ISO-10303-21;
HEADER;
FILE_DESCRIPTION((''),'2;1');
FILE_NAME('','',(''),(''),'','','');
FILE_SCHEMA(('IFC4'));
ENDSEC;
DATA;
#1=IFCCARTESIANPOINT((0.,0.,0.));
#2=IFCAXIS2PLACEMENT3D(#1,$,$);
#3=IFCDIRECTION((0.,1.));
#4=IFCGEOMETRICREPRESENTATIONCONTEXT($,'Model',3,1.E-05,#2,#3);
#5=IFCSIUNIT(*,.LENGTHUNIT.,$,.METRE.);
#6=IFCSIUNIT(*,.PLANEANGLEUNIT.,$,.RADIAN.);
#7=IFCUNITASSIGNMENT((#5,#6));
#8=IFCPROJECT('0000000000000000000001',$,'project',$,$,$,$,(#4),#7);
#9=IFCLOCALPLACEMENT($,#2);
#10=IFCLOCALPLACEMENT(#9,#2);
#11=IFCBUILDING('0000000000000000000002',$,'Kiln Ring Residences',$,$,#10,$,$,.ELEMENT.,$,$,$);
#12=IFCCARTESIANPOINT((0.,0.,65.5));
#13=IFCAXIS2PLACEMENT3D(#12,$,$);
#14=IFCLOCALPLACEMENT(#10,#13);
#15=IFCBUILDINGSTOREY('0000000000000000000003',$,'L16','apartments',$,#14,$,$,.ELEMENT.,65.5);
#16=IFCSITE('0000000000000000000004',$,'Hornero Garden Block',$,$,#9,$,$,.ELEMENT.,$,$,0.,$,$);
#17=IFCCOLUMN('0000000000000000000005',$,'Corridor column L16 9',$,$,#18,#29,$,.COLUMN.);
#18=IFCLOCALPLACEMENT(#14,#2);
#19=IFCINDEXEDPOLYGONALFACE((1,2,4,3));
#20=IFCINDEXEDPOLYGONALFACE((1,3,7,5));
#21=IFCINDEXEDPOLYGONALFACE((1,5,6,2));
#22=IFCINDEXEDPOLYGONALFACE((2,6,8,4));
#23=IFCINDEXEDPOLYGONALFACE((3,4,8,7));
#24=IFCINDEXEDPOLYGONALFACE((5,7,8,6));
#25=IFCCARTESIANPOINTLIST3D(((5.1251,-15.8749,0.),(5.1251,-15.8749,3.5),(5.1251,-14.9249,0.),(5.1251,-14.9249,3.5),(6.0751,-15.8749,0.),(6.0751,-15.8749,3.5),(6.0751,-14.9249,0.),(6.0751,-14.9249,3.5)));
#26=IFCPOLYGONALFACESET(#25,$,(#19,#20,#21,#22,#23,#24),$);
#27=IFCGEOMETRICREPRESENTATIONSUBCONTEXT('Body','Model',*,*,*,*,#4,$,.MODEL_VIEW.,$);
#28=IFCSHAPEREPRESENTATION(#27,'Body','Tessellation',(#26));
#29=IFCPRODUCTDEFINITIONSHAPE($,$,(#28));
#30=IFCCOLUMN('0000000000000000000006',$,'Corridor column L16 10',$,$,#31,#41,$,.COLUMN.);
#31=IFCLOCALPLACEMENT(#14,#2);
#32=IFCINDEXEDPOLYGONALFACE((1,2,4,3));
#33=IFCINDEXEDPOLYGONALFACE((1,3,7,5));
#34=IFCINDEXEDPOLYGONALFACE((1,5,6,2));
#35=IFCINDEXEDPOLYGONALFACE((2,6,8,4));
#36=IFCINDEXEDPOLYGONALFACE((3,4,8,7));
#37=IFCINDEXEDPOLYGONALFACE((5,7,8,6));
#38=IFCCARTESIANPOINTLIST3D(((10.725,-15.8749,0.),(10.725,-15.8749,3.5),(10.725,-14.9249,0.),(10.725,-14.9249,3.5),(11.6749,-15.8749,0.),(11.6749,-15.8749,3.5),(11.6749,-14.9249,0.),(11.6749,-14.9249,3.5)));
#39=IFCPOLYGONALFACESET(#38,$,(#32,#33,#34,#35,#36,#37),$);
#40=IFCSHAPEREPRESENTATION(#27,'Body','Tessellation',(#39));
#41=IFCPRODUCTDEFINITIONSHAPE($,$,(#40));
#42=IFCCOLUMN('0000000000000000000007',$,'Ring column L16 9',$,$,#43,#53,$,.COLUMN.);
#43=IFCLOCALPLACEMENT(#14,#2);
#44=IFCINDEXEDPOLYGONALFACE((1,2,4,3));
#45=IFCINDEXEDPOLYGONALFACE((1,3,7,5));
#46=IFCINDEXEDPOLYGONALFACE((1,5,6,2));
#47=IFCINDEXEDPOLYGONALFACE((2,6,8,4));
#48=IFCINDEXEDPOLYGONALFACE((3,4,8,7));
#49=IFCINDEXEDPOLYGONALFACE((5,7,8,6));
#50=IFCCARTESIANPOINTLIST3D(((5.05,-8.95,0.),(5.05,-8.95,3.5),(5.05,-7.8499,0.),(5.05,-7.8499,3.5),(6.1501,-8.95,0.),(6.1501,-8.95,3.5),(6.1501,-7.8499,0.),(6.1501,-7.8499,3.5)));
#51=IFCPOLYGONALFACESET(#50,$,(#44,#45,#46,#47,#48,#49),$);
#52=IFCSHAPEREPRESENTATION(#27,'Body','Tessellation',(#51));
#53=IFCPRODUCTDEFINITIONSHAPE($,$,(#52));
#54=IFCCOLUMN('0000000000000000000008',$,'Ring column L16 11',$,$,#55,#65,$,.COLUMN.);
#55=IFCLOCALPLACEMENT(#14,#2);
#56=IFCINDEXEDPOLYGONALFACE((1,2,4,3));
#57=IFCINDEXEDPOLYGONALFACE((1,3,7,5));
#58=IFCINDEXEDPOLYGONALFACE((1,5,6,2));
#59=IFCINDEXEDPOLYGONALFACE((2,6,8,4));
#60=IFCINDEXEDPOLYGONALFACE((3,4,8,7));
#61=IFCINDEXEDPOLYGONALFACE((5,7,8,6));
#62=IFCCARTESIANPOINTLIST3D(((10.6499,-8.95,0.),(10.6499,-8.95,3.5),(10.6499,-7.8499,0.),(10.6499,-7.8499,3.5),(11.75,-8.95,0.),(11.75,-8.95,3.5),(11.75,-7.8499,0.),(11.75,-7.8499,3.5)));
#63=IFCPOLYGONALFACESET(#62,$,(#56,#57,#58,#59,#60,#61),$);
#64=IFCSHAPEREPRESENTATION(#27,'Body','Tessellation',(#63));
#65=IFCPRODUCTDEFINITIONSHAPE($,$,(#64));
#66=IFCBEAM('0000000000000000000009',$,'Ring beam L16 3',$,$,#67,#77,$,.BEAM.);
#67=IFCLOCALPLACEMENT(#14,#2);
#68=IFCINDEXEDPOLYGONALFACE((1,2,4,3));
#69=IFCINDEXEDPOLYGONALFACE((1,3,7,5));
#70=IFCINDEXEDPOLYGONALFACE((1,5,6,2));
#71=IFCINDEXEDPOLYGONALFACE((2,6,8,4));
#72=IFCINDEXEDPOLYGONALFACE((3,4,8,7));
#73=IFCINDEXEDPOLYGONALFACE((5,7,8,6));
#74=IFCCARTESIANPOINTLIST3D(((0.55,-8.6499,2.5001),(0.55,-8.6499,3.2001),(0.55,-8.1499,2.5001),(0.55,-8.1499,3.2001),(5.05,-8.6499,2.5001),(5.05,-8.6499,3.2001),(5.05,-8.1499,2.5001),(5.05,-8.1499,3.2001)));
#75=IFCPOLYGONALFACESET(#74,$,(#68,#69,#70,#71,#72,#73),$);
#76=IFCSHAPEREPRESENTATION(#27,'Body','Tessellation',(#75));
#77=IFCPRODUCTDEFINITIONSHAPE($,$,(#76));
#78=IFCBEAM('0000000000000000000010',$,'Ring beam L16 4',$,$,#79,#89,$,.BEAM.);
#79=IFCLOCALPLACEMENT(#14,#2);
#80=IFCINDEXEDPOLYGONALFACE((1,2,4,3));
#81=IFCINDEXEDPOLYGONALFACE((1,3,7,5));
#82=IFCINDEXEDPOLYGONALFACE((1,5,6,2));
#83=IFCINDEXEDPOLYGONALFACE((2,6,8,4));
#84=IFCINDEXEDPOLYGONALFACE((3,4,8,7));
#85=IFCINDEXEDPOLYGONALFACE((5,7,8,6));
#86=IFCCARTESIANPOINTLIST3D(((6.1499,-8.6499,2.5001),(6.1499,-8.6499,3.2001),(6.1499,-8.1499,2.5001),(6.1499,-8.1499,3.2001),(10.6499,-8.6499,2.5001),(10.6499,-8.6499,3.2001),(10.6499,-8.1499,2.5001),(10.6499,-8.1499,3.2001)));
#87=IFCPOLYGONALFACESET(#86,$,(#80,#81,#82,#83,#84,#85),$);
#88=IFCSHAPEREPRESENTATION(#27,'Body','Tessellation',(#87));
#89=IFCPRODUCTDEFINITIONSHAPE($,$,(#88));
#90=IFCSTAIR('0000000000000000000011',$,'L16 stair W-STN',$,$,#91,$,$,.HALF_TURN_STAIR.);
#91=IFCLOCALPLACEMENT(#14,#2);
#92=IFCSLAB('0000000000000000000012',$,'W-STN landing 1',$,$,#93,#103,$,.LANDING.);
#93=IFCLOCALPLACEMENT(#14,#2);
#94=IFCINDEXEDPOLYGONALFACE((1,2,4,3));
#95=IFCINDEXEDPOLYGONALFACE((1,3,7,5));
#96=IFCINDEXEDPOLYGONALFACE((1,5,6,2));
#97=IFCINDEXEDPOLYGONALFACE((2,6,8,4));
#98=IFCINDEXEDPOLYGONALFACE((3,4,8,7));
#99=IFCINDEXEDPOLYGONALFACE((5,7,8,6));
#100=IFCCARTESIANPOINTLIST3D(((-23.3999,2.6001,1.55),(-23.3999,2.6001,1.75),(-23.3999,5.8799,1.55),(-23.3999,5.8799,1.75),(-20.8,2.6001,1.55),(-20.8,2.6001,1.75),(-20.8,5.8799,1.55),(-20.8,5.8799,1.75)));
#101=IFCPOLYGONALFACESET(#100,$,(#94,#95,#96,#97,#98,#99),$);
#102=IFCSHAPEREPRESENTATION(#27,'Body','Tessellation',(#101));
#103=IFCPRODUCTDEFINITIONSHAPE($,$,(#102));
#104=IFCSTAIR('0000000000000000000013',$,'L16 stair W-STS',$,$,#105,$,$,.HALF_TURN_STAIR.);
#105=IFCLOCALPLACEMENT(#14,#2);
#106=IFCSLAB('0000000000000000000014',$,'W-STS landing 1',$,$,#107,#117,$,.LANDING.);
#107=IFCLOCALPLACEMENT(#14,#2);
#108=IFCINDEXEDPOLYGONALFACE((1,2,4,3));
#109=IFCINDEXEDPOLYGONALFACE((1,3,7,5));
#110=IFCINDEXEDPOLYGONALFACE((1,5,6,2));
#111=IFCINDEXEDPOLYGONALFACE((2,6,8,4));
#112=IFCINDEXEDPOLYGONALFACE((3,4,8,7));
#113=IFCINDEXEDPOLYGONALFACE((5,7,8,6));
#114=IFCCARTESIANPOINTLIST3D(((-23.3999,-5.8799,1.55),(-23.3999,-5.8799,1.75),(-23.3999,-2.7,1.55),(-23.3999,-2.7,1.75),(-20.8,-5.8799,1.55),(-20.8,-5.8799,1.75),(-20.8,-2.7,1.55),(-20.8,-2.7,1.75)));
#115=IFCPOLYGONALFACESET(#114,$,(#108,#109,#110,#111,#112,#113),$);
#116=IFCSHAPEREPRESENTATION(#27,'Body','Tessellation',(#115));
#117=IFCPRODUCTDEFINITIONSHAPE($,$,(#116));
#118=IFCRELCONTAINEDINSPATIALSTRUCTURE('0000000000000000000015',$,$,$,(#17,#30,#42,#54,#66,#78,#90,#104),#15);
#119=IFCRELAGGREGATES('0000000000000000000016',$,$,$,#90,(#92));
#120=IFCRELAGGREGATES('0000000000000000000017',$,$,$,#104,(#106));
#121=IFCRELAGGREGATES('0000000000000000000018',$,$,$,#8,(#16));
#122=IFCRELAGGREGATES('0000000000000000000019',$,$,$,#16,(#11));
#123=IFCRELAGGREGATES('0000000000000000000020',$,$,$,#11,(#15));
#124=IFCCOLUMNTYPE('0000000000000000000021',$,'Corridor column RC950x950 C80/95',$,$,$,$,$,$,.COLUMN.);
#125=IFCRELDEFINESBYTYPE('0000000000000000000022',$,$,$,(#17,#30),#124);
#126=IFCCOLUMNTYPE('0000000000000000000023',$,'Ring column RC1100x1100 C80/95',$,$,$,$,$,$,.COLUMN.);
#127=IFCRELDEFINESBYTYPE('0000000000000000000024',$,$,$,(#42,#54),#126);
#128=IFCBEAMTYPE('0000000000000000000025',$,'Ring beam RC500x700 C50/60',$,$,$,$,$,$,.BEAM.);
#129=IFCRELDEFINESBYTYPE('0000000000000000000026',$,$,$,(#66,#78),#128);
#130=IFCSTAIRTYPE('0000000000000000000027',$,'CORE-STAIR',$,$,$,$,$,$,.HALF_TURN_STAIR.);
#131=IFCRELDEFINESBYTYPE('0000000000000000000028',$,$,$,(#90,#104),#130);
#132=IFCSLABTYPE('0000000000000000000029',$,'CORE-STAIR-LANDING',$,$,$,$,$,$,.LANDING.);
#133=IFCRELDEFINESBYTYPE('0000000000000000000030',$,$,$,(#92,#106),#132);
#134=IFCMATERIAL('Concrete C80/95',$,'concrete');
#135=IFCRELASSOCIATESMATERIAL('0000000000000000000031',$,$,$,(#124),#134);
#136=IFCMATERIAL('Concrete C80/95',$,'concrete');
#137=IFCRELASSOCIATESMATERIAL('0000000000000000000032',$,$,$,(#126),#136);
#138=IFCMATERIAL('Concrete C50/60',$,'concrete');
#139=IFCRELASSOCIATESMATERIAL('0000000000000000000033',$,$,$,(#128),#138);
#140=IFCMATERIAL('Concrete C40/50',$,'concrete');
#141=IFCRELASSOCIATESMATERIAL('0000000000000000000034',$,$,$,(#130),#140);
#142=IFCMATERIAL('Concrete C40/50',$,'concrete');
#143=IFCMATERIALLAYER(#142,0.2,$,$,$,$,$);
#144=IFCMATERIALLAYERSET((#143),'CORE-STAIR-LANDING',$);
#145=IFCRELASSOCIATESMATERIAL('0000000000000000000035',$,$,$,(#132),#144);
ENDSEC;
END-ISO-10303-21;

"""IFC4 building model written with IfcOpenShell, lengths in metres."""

from ifc_helpers import new_model, si_unit, direction, frame, origin, origin_2d, place, context, subcontext, project, spatial, polyline, rectangle, outline, extrude, material, layer, layer_set, material_profile, profile_set, type_object, element, aggregate, save


model = new_model("IFC4")

# Units and contexts
model_context = context("Model", 3, precision=1e-05, world=origin(), true_north=direction((0.0, 1.0)))
body_context = subcontext(model_context, "Body", "Model", "MODEL_VIEW")
ifc_project = project(units=[si_unit("LENGTHUNIT", "METRE"), si_unit("PLANEANGLEUNIT", "RADIAN")], contexts=[model_context])

# Site, building, storey
site_placement = place(None, origin())
site = spatial("IfcSite", under=ifc_project, at=site_placement, Name="Hornero Garden Block", CompositionType="ELEMENT", RefElevation=0.0)
building_placement = place(site_placement, origin())
building = spatial("IfcBuilding", under=site, at=building_placement, Name="Kiln Ring Residences", CompositionType="ELEMENT")
storey_placement = place(building_placement, frame((0.0, 0.0, 65.5)))
storey = spatial("IfcBuildingStorey", under=building, at=storey_placement, Name="L16", Description="apartments", CompositionType="ELEMENT", Elevation=65.5)

# Columns
ifc_material_1 = material(Name="Concrete C80/95", Category="concrete")
ifc_material_profile_1 = material_profile(ifc_material_1, rectangle(XDim=0.95, YDim=0.95, at=origin_2d()), Name="RC950x950")
ifc_profile_set_1 = profile_set([ifc_material_profile_1], Name="Concrete C80/95")
column_type_1 = type_object("IfcColumnType", Name="Corridor column RC950x950 C80/95", PredefinedType="COLUMN", material=ifc_profile_set_1)
for number, where, z_axis, x_axis, name in (
    (1, (5.6001, -15.3999, 0.0), (0.0, 0.0, 1.0), (1.0, 0.0, 0.0), "Corridor column L16 9"),
    (2, (11.2, -15.3999, 0.0), (0.0, 0.0, 1.0), (1.0, 0.0, 0.0), "Corridor column L16 10"),
):
    element("IfcColumn", number, at=place(storey_placement, frame(where, z_axis=z_axis, x_axis=x_axis)), inside=storey, type_object=column_type_1, Name=name, PredefinedType="COLUMN", context=body_context, shape_type="SweptSolid", body=[
        extrude(rectangle(XDim=0.95, YDim=0.95, at=origin_2d()), origin(), (0.0, 0.0, 1.0), 3.5),
    ])
ifc_material_2 = material(Name="Concrete C80/95", Category="concrete")
ifc_material_profile_2 = material_profile(ifc_material_2, rectangle(XDim=1.1001, YDim=1.1001, at=origin_2d()), Name="RC1100x1100")
ifc_profile_set_2 = profile_set([ifc_material_profile_2], Name="Concrete C80/95")
column_type_2 = type_object("IfcColumnType", Name="Ring column RC1100x1100 C80/95", PredefinedType="COLUMN", material=ifc_profile_set_2)
for number, where, z_axis, x_axis, name in (
    (3, (5.6001, -8.3999, 0.0), (0.0, 0.0, 1.0), (1.0, 0.0, 0.0), "Ring column L16 9"),
    (4, (11.2, -8.3999, 0.0), (0.0, 0.0, 1.0), (1.0, 0.0, 0.0), "Ring column L16 11"),
):
    element("IfcColumn", number, at=place(storey_placement, frame(where, z_axis=z_axis, x_axis=x_axis)), inside=storey, type_object=column_type_2, Name=name, PredefinedType="COLUMN", context=body_context, shape_type="SweptSolid", body=[
        extrude(rectangle(XDim=1.1001, YDim=1.1001, at=origin_2d()), origin(), (0.0, 0.0, 1.0), 3.5),
    ])

# Beams
ifc_material_3 = material(Name="Concrete C50/60", Category="concrete")
ifc_material_profile_3 = material_profile(ifc_material_3, rectangle(XDim=0.5, YDim=0.7, at=origin_2d()), Name="RC500x700")
ifc_profile_set_3 = profile_set([ifc_material_profile_3], Name="Concrete C50/60")
beam_type = type_object("IfcBeamType", Name="Ring beam RC500x700 C50/60", PredefinedType="BEAM", material=ifc_profile_set_3)
for number, where, z_axis, x_axis, name in (
    (5, (0.55, -8.3999, 2.8501), (1.0, 0.0, 0.0), (0.0, 1.0, 0.0), "Ring beam L16 3"),
    (6, (6.1499, -8.3999, 2.8501), (1.0, 0.0, 0.0), (0.0, 1.0, 0.0), "Ring beam L16 4"),
):
    element("IfcBeam", number, at=place(storey_placement, frame(where, z_axis=z_axis, x_axis=x_axis)), inside=storey, type_object=beam_type, Name=name, PredefinedType="BEAM", context=body_context, shape_type="SweptSolid", body=[
        extrude(rectangle(XDim=0.5, YDim=0.7, at=origin_2d()), origin(), (0.0, 0.0, 1.0), 4.5),
    ])

# Stairs, slabs
ifc_material_4 = material(Name="Concrete C40/50", Category="concrete")
stair_type = type_object("IfcStairType", Name="CORE-STAIR", PredefinedType="HALF_TURN_STAIR", material=ifc_material_4)
placement_1 = place(storey_placement, origin())
stair_1 = element("IfcStair", 7, at=placement_1, inside=storey, type_object=stair_type, Name="L16 stair W-STN", PredefinedType="HALF_TURN_STAIR")
ifc_material_5 = material(Name="Concrete C40/50", Category="concrete")
ifc_layer_1 = layer(ifc_material_5, 0.2)
ifc_layer_set_1 = layer_set([ifc_layer_1], Name="CORE-STAIR-LANDING")
slab_type = type_object("IfcSlabType", Name="CORE-STAIR-LANDING", PredefinedType="LANDING", material=ifc_layer_set_1)
placement_2 = place(storey_placement, frame((0.0, 0.0, 1.55)))
slab_1 = element("IfcSlab", 8, at=placement_2, type_object=slab_type, Name="W-STN landing 1", PredefinedType="LANDING", context=body_context, shape_type="SweptSolid", body=[
    extrude(outline(polyline([(-23.3999, 5.8799), (-23.3999, 2.6001), (-20.8, 2.6001), (-20.8, 5.8799), (-23.3999, 5.8799)])), origin(), (0.0, 0.0, 1.0), 0.2),
])
aggregate(stair_1, [slab_1])
stair_2 = element("IfcStair", 9, at=placement_1, inside=storey, type_object=stair_type, Name="L16 stair W-STS", PredefinedType="HALF_TURN_STAIR")
slab_2 = element("IfcSlab", 10, at=placement_2, type_object=slab_type, Name="W-STS landing 1", PredefinedType="LANDING", context=body_context, shape_type="SweptSolid", body=[
    extrude(outline(polyline([(-20.8, -5.8799), (-20.8, -2.7), (-23.3999, -2.7), (-23.3999, -5.8799), (-20.8, -5.8799)])), origin(), (0.0, 0.0, 1.0), 0.2),
])
aggregate(stair_2, [slab_2])

save(model, "model.ifc")
